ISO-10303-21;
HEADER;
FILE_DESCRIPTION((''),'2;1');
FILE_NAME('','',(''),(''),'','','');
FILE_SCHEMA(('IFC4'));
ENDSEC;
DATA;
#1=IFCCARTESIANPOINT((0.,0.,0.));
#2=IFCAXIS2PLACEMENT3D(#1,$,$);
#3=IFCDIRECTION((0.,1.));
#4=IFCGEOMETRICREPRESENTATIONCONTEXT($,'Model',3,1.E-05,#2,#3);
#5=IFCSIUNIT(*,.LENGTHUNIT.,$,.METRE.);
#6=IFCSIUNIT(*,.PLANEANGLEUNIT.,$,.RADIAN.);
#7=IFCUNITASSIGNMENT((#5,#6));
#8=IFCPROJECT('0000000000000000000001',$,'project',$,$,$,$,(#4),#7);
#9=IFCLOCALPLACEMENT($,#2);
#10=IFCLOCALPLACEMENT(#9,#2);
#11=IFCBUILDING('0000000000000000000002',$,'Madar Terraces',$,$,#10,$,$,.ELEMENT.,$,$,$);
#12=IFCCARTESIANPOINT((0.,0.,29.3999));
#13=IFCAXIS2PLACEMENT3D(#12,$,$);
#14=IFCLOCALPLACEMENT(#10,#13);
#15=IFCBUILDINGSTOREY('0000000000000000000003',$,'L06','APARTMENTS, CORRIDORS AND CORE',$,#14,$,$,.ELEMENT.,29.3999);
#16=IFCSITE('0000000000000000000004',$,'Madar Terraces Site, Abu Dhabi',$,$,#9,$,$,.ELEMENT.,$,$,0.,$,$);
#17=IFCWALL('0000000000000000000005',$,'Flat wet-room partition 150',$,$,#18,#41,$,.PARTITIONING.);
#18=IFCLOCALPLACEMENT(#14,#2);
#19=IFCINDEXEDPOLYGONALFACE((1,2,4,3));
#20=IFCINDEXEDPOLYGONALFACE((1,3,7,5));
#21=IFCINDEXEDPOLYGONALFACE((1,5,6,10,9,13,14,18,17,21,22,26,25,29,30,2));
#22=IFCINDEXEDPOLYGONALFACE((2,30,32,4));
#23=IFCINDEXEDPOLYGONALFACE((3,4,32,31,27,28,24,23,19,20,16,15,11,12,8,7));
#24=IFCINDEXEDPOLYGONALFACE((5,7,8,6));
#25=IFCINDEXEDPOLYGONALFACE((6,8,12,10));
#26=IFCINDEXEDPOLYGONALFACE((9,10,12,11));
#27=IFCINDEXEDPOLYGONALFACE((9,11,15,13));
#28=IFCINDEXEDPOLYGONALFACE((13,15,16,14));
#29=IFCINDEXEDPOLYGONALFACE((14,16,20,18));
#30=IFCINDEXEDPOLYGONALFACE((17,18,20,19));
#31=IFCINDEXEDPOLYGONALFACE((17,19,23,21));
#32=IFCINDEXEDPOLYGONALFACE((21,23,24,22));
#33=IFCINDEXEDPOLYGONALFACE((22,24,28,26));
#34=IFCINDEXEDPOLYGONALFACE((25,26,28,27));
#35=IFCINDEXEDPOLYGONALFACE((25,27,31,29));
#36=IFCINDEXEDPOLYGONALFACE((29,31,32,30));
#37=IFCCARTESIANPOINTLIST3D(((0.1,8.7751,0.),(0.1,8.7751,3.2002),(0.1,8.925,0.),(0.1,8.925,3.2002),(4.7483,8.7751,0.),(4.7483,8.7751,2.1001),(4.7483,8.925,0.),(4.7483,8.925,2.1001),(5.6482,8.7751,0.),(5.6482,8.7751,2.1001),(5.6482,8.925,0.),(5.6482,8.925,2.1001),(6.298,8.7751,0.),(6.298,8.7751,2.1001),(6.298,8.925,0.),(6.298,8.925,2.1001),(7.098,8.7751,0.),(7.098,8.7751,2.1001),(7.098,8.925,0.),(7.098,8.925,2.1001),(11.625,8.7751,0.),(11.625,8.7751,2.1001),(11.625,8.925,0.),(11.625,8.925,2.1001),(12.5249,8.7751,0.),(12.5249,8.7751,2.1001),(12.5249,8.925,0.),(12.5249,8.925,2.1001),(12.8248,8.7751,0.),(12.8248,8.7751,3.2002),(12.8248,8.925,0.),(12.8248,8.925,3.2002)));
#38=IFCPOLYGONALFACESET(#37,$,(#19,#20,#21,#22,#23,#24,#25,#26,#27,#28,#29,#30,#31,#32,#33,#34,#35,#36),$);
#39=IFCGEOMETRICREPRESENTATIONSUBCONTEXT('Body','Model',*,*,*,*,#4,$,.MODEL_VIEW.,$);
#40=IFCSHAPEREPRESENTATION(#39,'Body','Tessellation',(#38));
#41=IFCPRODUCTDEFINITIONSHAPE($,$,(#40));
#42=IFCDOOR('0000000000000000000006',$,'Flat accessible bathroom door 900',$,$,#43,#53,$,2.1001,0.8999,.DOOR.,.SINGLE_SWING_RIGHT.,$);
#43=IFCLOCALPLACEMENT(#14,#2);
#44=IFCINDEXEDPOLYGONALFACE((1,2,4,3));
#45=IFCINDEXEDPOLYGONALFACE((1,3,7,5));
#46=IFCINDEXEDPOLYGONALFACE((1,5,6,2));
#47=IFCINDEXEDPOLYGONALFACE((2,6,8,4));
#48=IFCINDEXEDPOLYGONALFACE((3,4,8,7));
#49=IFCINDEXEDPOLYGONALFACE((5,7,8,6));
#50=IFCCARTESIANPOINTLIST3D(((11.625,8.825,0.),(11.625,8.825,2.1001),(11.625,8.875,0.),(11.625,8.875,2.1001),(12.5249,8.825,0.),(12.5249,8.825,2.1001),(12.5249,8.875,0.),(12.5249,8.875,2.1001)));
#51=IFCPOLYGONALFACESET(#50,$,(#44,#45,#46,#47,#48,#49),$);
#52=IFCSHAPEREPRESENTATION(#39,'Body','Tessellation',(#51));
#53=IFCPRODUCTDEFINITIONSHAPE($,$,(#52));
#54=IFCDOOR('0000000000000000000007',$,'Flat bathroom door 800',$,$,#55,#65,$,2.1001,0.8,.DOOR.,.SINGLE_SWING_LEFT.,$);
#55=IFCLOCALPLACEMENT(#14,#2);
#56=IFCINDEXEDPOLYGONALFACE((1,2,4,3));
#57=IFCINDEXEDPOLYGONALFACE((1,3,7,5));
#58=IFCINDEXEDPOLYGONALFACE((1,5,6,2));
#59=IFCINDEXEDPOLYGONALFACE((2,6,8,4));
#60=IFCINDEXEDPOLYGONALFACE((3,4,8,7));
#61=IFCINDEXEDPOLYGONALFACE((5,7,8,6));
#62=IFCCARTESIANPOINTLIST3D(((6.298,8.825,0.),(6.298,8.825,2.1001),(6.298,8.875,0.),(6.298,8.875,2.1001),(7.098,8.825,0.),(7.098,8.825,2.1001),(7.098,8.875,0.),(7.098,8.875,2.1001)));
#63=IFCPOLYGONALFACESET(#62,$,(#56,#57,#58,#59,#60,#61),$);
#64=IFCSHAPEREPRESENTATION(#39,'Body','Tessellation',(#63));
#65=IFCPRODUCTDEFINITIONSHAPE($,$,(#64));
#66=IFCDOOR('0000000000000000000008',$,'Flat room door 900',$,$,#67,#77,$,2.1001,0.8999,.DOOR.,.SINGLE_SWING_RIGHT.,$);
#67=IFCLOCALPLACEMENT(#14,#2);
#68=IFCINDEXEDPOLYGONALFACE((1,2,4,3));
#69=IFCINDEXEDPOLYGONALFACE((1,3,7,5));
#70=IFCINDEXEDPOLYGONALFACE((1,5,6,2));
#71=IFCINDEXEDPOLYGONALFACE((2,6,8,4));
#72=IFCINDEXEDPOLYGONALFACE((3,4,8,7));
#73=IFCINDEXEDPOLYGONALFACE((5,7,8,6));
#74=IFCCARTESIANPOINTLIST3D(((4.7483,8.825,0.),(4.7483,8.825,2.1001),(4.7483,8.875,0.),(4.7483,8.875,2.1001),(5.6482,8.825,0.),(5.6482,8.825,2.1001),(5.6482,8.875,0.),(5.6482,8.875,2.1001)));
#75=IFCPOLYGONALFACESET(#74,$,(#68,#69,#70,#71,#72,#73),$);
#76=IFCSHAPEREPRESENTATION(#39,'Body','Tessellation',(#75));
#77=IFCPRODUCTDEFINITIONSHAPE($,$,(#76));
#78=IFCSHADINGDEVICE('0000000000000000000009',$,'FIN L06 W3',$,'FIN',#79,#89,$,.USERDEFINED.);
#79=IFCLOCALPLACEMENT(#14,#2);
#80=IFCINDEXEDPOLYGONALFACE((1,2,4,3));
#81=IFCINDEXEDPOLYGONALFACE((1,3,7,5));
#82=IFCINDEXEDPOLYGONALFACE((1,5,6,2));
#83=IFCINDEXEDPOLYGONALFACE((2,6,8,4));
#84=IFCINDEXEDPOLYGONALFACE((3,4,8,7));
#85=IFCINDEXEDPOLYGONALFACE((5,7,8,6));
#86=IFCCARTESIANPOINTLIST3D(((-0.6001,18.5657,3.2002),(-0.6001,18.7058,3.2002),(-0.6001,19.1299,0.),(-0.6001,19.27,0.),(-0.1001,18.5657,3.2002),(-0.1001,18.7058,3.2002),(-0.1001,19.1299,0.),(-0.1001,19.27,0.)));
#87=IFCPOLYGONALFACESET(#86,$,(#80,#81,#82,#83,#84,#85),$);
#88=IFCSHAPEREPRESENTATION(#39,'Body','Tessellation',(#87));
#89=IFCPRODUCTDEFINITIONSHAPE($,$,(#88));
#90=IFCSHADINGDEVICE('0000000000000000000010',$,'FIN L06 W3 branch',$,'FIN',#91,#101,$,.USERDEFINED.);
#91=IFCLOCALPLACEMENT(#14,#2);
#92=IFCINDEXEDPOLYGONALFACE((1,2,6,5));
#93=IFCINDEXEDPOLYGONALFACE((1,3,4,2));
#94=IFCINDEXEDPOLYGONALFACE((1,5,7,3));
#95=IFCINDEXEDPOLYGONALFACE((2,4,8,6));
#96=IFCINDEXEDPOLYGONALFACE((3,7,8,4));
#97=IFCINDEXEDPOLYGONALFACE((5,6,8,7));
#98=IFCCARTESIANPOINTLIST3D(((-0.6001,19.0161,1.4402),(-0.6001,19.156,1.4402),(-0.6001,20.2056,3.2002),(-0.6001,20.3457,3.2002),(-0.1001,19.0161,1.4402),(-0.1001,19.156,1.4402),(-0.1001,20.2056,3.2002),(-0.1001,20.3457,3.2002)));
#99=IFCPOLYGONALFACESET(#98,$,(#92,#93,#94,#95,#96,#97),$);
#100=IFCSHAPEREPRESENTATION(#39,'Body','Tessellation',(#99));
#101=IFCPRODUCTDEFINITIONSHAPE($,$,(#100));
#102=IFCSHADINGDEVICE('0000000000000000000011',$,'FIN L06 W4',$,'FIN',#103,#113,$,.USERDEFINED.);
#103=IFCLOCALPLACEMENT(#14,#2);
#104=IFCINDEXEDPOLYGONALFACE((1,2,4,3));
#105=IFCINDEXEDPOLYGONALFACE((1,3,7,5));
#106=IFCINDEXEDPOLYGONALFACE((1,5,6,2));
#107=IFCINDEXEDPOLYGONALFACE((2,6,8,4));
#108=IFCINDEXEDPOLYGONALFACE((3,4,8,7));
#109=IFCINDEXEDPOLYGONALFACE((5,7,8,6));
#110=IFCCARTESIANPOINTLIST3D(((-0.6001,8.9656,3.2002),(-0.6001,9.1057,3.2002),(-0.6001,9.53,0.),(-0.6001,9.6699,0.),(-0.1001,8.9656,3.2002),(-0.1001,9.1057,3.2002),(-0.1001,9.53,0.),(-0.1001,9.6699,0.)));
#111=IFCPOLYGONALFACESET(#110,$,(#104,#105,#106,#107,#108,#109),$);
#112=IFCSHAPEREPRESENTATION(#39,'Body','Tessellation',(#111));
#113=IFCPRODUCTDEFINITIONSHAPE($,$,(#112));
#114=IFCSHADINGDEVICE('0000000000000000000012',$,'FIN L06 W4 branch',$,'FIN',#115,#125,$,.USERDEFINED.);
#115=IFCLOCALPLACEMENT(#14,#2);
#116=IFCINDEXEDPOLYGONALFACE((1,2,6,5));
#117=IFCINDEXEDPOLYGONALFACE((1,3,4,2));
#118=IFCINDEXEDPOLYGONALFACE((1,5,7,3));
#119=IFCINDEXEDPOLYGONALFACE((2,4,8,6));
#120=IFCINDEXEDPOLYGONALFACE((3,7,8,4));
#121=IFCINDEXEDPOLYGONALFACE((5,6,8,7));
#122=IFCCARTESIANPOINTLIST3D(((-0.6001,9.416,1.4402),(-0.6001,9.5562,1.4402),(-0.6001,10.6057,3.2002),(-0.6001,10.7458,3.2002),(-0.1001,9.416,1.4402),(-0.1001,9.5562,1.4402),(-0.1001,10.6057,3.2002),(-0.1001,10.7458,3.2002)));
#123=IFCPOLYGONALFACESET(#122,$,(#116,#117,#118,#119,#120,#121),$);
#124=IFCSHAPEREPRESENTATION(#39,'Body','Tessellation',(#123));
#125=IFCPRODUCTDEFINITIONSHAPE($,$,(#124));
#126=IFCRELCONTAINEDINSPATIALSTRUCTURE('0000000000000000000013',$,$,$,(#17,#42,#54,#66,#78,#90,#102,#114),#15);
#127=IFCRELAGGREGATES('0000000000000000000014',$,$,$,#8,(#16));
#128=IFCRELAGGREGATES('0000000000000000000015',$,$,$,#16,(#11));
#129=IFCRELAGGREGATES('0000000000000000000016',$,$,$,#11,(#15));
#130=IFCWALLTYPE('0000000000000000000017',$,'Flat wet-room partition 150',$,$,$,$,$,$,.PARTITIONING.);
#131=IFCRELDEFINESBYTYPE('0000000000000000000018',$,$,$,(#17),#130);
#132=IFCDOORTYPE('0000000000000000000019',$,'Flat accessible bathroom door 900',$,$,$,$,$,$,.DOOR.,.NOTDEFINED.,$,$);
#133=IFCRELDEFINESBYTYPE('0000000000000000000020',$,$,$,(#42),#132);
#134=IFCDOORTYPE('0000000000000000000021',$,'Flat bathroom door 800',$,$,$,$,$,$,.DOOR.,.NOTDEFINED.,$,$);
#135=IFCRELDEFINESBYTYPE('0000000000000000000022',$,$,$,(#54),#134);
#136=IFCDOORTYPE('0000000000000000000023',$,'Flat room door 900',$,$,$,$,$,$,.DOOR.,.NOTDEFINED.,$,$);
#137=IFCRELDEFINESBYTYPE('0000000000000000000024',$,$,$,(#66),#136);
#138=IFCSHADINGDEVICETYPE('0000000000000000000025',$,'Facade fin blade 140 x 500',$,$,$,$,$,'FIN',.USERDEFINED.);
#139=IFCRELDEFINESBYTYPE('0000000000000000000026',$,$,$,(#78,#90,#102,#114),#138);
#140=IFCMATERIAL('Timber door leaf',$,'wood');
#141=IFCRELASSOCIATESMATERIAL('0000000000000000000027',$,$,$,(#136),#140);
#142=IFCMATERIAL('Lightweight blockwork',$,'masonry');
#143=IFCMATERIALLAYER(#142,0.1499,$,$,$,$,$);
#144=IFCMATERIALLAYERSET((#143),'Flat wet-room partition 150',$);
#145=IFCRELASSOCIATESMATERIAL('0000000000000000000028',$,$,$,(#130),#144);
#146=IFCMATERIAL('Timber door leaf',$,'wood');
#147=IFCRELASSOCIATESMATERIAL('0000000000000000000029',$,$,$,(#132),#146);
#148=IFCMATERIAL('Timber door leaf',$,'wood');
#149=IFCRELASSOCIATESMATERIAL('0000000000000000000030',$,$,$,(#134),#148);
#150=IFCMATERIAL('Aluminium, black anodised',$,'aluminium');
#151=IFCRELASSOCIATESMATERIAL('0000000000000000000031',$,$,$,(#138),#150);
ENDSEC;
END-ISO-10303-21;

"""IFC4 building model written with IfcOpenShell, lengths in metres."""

from ifc_helpers import new_model, si_unit, direction, frame, frame_2d, origin, place, context, subcontext, project, spatial, polyline, rectangle, outline, extrude, material, layer, layer_set, type_object, element, fill, save


model = new_model("IFC4")

# Units and contexts
model_context = context("Model", 3, precision=1e-05, world=origin(), true_north=direction((0.0, 1.0)))
body_context = subcontext(model_context, "Body", "Model", "MODEL_VIEW")
ifc_project = project(units=[si_unit("LENGTHUNIT", "METRE"), si_unit("PLANEANGLEUNIT", "RADIAN")], contexts=[model_context])

# Site, building, storey
site_placement = place(None, origin())
site = spatial("IfcSite", under=ifc_project, at=site_placement, Name="Madar Terraces Site, Abu Dhabi", CompositionType="ELEMENT", RefElevation=0.0)
building_placement = place(site_placement, origin())
building = spatial("IfcBuilding", under=site, at=building_placement, Name="Madar Terraces", CompositionType="ELEMENT")
storey_placement = place(building_placement, frame((0.0, 0.0, 29.3999)))
storey = spatial("IfcBuildingStorey", under=building, at=storey_placement, Name="L06", Description="APARTMENTS, CORRIDORS AND CORE", CompositionType="ELEMENT", Elevation=29.3999)

# Shared definitions
ifc_material_1 = material(Name="Timber door leaf", Category="wood")
door_type_1 = type_object("IfcDoorType", Name="Flat room door 900", OperationType="NOTDEFINED", PredefinedType="DOOR", material=ifc_material_1)

# Shared definitions
ifc_material_2 = material(Name="Lightweight blockwork", Category="masonry")
ifc_layer_1 = layer(ifc_material_2, 0.1499)
ifc_layer_set_1 = layer_set([ifc_layer_1], Name="Flat wet-room partition 150")
wall_type_1 = type_object("IfcWallType", Name="Flat wet-room partition 150", PredefinedType="PARTITIONING", material=ifc_layer_set_1)

# Wall, openings, doors
wall_1_placement = place(storey_placement, frame((0.1001, 8.8501, 0.0), z_axis=(0.0, 0.0, 1.0), x_axis=(1.0, 0.0, 0.0)))
wall_1 = element("IfcWall", 1, at=wall_1_placement, inside=storey, type_object=wall_type_1, Name="Flat wet-room partition 150", PredefinedType="PARTITIONING", context=body_context, shape_type="SweptSolid", body=[
    extrude(rectangle(XDim=12.7249, YDim=0.1499, at=frame_2d((6.3623, 0.0))), origin(), (0.0, 0.0, 1.0), 3.2002),
])
opening_1_placement = place(wall_1_placement, frame((11.5249, 0.0, 0.0)))
opening_1 = element("IfcOpeningElement", 2, at=opening_1_placement, cuts=wall_1, PredefinedType="OPENING", context=body_context, shape_type="SweptSolid", body=[
    extrude(rectangle(XDim=0.8999, YDim=2.1001, at=frame_2d((0.45, 1.05))), frame((0.0, 0.085, 0.0), z_axis=(0.0, -1.0, 0.0), x_axis=(1.0, 0.0, 0.0)), (0.0, 0.0, 1.0), 0.1699),
])
opening_2_placement = place(wall_1_placement, frame((6.198, 0.0, 0.0)))
opening_2 = element("IfcOpeningElement", 3, at=opening_2_placement, cuts=wall_1, PredefinedType="OPENING", context=body_context, shape_type="SweptSolid", body=[
    extrude(rectangle(XDim=0.8, YDim=2.1001, at=frame_2d((0.3999, 1.05))), frame((0.0, 0.085, 0.0), z_axis=(0.0, -1.0, 0.0), x_axis=(1.0, 0.0, 0.0)), (0.0, 0.0, 1.0), 0.1699),
])
opening_3_placement = place(wall_1_placement, frame((4.6482, 0.0, 0.0)))
opening_3 = element("IfcOpeningElement", 4, at=opening_3_placement, cuts=wall_1, PredefinedType="OPENING", context=body_context, shape_type="SweptSolid", body=[
    extrude(rectangle(XDim=0.8999, YDim=2.1001, at=frame_2d((0.45, 1.05))), frame((0.0, 0.085, 0.0), z_axis=(0.0, -1.0, 0.0), x_axis=(1.0, 0.0, 0.0)), (0.0, 0.0, 1.0), 0.1699),
])
ifc_material_3 = material(Name="Timber door leaf", Category="wood")
door_type_2 = type_object("IfcDoorType", Name="Flat accessible bathroom door 900", OperationType="NOTDEFINED", PredefinedType="DOOR", material=ifc_material_3)
door_1_placement = place(opening_1_placement, origin())
door_1 = element("IfcDoor", 5, at=door_1_placement, inside=storey, type_object=door_type_2, Name="Flat accessible bathroom door 900", OperationType="SINGLE_SWING_RIGHT", OverallHeight=2.1001, OverallWidth=0.8999, PredefinedType="DOOR", context=body_context, shape_type="SweptSolid", body=[
    extrude(rectangle(XDim=0.8999, YDim=2.1001, at=frame_2d((0.45, 1.05))), frame((0.0, 0.0249, 0.0), z_axis=(0.0, -1.0, 0.0), x_axis=(1.0, 0.0, 0.0)), (0.0, 0.0, 1.0), 0.05),
])
fill(opening_1, door_1)
ifc_material_4 = material(Name="Timber door leaf", Category="wood")
door_type_3 = type_object("IfcDoorType", Name="Flat bathroom door 800", OperationType="NOTDEFINED", PredefinedType="DOOR", material=ifc_material_4)
door_2_placement = place(opening_2_placement, origin())
door_2 = element("IfcDoor", 6, at=door_2_placement, inside=storey, type_object=door_type_3, Name="Flat bathroom door 800", OperationType="SINGLE_SWING_LEFT", OverallHeight=2.1001, OverallWidth=0.8, PredefinedType="DOOR", context=body_context, shape_type="SweptSolid", body=[
    extrude(rectangle(XDim=0.8, YDim=2.1001, at=frame_2d((0.3999, 1.05))), frame((0.0, 0.0249, 0.0), z_axis=(0.0, -1.0, 0.0), x_axis=(1.0, 0.0, 0.0)), (0.0, 0.0, 1.0), 0.05),
])
fill(opening_2, door_2)
door_3_placement = place(opening_3_placement, origin())
door_3 = element("IfcDoor", 7, at=door_3_placement, inside=storey, type_object=door_type_1, Name="Flat room door 900", OperationType="SINGLE_SWING_RIGHT", OverallHeight=2.1001, OverallWidth=0.8999, PredefinedType="DOOR", context=body_context, shape_type="SweptSolid", body=[
    extrude(rectangle(XDim=0.8999, YDim=2.1001, at=frame_2d((0.45, 1.05))), frame((0.0, 0.0249, 0.0), z_axis=(0.0, -1.0, 0.0), x_axis=(1.0, 0.0, 0.0)), (0.0, 0.0, 1.0), 0.05),
])
fill(opening_3, door_3)

# Shading devices
ifc_material_5 = material(Name="Aluminium, black anodised", Category="aluminium")
shading_device_type = type_object("IfcShadingDeviceType", Name="Facade fin blade 140 x 500", ElementType="FIN", PredefinedType="USERDEFINED", material=ifc_material_5)
shading_device_1_placement = place(storey_placement, frame((-0.3501, 19.27, 0.0), z_axis=(0.0, 0.0, 1.0), x_axis=(0.0, -1.0, 0.0)))
element("IfcShadingDevice", 8, at=shading_device_1_placement, inside=storey, type_object=shading_device_type, Name="FIN L06 W3", ObjectType="FIN", PredefinedType="USERDEFINED", context=body_context, shape_type="SweptSolid", body=[
    extrude(outline(polyline([(0.0, 0.0), (0.1401, 0.0), (0.7043, 3.2002), (0.5642, 3.2002), (0.0, 0.0)])), frame((0.0, 0.25, 0.0), z_axis=(0.0, -1.0, 0.0), x_axis=(1.0, 0.0, 0.0)), (0.0, 0.0, 1.0), 0.5),
])
shading_device_2_placement = place(storey_placement, frame((-0.3501, 19.156, 1.4402), z_axis=(0.0, 0.0, 1.0), x_axis=(0.0, -1.0, 0.0)))
element("IfcShadingDevice", 9, at=shading_device_2_placement, inside=storey, type_object=shading_device_type, Name="FIN L06 W3 branch", ObjectType="FIN", PredefinedType="USERDEFINED", context=body_context, shape_type="SweptSolid", body=[
    extrude(outline(polyline([(0.0, 0.0), (0.1399, 0.0), (-1.0496, 1.76), (-1.1897, 1.76), (0.0, 0.0)])), frame((0.0, 0.25, 0.0), z_axis=(0.0, -1.0, 0.0), x_axis=(1.0, 0.0, 0.0)), (0.0, 0.0, 1.0), 0.5),
])
shading_device_3_placement = place(storey_placement, frame((-0.3501, 9.6699, 0.0), z_axis=(0.0, 0.0, 1.0), x_axis=(0.0, -1.0, 0.0)))
element("IfcShadingDevice", 10, at=shading_device_3_placement, inside=storey, type_object=shading_device_type, Name="FIN L06 W4", ObjectType="FIN", PredefinedType="USERDEFINED", context=body_context, shape_type="SweptSolid", body=[
    extrude(outline(polyline([(0.0, 0.0), (0.1399, 0.0), (0.7043, 3.2002), (0.5642, 3.2002), (0.0, 0.0)])), frame((0.0, 0.25, 0.0), z_axis=(0.0, -1.0, 0.0), x_axis=(1.0, 0.0, 0.0)), (0.0, 0.0, 1.0), 0.5),
])
shading_device_4_placement = place(storey_placement, frame((-0.3501, 9.5562, 1.4402), z_axis=(0.0, 0.0, 1.0), x_axis=(0.0, -1.0, 0.0)))
element("IfcShadingDevice", 11, at=shading_device_4_placement, inside=storey, type_object=shading_device_type, Name="FIN L06 W4 branch", ObjectType="FIN", PredefinedType="USERDEFINED", context=body_context, shape_type="SweptSolid", body=[
    extrude(outline(polyline([(0.0, 0.0), (0.1401, 0.0), (-1.0496, 1.76), (-1.1897, 1.76), (0.0, 0.0)])), frame((0.0, 0.25, 0.0), z_axis=(0.0, -1.0, 0.0), x_axis=(1.0, 0.0, 0.0)), (0.0, 0.0, 1.0), 0.5),
])

save(model, "model.ifc")
